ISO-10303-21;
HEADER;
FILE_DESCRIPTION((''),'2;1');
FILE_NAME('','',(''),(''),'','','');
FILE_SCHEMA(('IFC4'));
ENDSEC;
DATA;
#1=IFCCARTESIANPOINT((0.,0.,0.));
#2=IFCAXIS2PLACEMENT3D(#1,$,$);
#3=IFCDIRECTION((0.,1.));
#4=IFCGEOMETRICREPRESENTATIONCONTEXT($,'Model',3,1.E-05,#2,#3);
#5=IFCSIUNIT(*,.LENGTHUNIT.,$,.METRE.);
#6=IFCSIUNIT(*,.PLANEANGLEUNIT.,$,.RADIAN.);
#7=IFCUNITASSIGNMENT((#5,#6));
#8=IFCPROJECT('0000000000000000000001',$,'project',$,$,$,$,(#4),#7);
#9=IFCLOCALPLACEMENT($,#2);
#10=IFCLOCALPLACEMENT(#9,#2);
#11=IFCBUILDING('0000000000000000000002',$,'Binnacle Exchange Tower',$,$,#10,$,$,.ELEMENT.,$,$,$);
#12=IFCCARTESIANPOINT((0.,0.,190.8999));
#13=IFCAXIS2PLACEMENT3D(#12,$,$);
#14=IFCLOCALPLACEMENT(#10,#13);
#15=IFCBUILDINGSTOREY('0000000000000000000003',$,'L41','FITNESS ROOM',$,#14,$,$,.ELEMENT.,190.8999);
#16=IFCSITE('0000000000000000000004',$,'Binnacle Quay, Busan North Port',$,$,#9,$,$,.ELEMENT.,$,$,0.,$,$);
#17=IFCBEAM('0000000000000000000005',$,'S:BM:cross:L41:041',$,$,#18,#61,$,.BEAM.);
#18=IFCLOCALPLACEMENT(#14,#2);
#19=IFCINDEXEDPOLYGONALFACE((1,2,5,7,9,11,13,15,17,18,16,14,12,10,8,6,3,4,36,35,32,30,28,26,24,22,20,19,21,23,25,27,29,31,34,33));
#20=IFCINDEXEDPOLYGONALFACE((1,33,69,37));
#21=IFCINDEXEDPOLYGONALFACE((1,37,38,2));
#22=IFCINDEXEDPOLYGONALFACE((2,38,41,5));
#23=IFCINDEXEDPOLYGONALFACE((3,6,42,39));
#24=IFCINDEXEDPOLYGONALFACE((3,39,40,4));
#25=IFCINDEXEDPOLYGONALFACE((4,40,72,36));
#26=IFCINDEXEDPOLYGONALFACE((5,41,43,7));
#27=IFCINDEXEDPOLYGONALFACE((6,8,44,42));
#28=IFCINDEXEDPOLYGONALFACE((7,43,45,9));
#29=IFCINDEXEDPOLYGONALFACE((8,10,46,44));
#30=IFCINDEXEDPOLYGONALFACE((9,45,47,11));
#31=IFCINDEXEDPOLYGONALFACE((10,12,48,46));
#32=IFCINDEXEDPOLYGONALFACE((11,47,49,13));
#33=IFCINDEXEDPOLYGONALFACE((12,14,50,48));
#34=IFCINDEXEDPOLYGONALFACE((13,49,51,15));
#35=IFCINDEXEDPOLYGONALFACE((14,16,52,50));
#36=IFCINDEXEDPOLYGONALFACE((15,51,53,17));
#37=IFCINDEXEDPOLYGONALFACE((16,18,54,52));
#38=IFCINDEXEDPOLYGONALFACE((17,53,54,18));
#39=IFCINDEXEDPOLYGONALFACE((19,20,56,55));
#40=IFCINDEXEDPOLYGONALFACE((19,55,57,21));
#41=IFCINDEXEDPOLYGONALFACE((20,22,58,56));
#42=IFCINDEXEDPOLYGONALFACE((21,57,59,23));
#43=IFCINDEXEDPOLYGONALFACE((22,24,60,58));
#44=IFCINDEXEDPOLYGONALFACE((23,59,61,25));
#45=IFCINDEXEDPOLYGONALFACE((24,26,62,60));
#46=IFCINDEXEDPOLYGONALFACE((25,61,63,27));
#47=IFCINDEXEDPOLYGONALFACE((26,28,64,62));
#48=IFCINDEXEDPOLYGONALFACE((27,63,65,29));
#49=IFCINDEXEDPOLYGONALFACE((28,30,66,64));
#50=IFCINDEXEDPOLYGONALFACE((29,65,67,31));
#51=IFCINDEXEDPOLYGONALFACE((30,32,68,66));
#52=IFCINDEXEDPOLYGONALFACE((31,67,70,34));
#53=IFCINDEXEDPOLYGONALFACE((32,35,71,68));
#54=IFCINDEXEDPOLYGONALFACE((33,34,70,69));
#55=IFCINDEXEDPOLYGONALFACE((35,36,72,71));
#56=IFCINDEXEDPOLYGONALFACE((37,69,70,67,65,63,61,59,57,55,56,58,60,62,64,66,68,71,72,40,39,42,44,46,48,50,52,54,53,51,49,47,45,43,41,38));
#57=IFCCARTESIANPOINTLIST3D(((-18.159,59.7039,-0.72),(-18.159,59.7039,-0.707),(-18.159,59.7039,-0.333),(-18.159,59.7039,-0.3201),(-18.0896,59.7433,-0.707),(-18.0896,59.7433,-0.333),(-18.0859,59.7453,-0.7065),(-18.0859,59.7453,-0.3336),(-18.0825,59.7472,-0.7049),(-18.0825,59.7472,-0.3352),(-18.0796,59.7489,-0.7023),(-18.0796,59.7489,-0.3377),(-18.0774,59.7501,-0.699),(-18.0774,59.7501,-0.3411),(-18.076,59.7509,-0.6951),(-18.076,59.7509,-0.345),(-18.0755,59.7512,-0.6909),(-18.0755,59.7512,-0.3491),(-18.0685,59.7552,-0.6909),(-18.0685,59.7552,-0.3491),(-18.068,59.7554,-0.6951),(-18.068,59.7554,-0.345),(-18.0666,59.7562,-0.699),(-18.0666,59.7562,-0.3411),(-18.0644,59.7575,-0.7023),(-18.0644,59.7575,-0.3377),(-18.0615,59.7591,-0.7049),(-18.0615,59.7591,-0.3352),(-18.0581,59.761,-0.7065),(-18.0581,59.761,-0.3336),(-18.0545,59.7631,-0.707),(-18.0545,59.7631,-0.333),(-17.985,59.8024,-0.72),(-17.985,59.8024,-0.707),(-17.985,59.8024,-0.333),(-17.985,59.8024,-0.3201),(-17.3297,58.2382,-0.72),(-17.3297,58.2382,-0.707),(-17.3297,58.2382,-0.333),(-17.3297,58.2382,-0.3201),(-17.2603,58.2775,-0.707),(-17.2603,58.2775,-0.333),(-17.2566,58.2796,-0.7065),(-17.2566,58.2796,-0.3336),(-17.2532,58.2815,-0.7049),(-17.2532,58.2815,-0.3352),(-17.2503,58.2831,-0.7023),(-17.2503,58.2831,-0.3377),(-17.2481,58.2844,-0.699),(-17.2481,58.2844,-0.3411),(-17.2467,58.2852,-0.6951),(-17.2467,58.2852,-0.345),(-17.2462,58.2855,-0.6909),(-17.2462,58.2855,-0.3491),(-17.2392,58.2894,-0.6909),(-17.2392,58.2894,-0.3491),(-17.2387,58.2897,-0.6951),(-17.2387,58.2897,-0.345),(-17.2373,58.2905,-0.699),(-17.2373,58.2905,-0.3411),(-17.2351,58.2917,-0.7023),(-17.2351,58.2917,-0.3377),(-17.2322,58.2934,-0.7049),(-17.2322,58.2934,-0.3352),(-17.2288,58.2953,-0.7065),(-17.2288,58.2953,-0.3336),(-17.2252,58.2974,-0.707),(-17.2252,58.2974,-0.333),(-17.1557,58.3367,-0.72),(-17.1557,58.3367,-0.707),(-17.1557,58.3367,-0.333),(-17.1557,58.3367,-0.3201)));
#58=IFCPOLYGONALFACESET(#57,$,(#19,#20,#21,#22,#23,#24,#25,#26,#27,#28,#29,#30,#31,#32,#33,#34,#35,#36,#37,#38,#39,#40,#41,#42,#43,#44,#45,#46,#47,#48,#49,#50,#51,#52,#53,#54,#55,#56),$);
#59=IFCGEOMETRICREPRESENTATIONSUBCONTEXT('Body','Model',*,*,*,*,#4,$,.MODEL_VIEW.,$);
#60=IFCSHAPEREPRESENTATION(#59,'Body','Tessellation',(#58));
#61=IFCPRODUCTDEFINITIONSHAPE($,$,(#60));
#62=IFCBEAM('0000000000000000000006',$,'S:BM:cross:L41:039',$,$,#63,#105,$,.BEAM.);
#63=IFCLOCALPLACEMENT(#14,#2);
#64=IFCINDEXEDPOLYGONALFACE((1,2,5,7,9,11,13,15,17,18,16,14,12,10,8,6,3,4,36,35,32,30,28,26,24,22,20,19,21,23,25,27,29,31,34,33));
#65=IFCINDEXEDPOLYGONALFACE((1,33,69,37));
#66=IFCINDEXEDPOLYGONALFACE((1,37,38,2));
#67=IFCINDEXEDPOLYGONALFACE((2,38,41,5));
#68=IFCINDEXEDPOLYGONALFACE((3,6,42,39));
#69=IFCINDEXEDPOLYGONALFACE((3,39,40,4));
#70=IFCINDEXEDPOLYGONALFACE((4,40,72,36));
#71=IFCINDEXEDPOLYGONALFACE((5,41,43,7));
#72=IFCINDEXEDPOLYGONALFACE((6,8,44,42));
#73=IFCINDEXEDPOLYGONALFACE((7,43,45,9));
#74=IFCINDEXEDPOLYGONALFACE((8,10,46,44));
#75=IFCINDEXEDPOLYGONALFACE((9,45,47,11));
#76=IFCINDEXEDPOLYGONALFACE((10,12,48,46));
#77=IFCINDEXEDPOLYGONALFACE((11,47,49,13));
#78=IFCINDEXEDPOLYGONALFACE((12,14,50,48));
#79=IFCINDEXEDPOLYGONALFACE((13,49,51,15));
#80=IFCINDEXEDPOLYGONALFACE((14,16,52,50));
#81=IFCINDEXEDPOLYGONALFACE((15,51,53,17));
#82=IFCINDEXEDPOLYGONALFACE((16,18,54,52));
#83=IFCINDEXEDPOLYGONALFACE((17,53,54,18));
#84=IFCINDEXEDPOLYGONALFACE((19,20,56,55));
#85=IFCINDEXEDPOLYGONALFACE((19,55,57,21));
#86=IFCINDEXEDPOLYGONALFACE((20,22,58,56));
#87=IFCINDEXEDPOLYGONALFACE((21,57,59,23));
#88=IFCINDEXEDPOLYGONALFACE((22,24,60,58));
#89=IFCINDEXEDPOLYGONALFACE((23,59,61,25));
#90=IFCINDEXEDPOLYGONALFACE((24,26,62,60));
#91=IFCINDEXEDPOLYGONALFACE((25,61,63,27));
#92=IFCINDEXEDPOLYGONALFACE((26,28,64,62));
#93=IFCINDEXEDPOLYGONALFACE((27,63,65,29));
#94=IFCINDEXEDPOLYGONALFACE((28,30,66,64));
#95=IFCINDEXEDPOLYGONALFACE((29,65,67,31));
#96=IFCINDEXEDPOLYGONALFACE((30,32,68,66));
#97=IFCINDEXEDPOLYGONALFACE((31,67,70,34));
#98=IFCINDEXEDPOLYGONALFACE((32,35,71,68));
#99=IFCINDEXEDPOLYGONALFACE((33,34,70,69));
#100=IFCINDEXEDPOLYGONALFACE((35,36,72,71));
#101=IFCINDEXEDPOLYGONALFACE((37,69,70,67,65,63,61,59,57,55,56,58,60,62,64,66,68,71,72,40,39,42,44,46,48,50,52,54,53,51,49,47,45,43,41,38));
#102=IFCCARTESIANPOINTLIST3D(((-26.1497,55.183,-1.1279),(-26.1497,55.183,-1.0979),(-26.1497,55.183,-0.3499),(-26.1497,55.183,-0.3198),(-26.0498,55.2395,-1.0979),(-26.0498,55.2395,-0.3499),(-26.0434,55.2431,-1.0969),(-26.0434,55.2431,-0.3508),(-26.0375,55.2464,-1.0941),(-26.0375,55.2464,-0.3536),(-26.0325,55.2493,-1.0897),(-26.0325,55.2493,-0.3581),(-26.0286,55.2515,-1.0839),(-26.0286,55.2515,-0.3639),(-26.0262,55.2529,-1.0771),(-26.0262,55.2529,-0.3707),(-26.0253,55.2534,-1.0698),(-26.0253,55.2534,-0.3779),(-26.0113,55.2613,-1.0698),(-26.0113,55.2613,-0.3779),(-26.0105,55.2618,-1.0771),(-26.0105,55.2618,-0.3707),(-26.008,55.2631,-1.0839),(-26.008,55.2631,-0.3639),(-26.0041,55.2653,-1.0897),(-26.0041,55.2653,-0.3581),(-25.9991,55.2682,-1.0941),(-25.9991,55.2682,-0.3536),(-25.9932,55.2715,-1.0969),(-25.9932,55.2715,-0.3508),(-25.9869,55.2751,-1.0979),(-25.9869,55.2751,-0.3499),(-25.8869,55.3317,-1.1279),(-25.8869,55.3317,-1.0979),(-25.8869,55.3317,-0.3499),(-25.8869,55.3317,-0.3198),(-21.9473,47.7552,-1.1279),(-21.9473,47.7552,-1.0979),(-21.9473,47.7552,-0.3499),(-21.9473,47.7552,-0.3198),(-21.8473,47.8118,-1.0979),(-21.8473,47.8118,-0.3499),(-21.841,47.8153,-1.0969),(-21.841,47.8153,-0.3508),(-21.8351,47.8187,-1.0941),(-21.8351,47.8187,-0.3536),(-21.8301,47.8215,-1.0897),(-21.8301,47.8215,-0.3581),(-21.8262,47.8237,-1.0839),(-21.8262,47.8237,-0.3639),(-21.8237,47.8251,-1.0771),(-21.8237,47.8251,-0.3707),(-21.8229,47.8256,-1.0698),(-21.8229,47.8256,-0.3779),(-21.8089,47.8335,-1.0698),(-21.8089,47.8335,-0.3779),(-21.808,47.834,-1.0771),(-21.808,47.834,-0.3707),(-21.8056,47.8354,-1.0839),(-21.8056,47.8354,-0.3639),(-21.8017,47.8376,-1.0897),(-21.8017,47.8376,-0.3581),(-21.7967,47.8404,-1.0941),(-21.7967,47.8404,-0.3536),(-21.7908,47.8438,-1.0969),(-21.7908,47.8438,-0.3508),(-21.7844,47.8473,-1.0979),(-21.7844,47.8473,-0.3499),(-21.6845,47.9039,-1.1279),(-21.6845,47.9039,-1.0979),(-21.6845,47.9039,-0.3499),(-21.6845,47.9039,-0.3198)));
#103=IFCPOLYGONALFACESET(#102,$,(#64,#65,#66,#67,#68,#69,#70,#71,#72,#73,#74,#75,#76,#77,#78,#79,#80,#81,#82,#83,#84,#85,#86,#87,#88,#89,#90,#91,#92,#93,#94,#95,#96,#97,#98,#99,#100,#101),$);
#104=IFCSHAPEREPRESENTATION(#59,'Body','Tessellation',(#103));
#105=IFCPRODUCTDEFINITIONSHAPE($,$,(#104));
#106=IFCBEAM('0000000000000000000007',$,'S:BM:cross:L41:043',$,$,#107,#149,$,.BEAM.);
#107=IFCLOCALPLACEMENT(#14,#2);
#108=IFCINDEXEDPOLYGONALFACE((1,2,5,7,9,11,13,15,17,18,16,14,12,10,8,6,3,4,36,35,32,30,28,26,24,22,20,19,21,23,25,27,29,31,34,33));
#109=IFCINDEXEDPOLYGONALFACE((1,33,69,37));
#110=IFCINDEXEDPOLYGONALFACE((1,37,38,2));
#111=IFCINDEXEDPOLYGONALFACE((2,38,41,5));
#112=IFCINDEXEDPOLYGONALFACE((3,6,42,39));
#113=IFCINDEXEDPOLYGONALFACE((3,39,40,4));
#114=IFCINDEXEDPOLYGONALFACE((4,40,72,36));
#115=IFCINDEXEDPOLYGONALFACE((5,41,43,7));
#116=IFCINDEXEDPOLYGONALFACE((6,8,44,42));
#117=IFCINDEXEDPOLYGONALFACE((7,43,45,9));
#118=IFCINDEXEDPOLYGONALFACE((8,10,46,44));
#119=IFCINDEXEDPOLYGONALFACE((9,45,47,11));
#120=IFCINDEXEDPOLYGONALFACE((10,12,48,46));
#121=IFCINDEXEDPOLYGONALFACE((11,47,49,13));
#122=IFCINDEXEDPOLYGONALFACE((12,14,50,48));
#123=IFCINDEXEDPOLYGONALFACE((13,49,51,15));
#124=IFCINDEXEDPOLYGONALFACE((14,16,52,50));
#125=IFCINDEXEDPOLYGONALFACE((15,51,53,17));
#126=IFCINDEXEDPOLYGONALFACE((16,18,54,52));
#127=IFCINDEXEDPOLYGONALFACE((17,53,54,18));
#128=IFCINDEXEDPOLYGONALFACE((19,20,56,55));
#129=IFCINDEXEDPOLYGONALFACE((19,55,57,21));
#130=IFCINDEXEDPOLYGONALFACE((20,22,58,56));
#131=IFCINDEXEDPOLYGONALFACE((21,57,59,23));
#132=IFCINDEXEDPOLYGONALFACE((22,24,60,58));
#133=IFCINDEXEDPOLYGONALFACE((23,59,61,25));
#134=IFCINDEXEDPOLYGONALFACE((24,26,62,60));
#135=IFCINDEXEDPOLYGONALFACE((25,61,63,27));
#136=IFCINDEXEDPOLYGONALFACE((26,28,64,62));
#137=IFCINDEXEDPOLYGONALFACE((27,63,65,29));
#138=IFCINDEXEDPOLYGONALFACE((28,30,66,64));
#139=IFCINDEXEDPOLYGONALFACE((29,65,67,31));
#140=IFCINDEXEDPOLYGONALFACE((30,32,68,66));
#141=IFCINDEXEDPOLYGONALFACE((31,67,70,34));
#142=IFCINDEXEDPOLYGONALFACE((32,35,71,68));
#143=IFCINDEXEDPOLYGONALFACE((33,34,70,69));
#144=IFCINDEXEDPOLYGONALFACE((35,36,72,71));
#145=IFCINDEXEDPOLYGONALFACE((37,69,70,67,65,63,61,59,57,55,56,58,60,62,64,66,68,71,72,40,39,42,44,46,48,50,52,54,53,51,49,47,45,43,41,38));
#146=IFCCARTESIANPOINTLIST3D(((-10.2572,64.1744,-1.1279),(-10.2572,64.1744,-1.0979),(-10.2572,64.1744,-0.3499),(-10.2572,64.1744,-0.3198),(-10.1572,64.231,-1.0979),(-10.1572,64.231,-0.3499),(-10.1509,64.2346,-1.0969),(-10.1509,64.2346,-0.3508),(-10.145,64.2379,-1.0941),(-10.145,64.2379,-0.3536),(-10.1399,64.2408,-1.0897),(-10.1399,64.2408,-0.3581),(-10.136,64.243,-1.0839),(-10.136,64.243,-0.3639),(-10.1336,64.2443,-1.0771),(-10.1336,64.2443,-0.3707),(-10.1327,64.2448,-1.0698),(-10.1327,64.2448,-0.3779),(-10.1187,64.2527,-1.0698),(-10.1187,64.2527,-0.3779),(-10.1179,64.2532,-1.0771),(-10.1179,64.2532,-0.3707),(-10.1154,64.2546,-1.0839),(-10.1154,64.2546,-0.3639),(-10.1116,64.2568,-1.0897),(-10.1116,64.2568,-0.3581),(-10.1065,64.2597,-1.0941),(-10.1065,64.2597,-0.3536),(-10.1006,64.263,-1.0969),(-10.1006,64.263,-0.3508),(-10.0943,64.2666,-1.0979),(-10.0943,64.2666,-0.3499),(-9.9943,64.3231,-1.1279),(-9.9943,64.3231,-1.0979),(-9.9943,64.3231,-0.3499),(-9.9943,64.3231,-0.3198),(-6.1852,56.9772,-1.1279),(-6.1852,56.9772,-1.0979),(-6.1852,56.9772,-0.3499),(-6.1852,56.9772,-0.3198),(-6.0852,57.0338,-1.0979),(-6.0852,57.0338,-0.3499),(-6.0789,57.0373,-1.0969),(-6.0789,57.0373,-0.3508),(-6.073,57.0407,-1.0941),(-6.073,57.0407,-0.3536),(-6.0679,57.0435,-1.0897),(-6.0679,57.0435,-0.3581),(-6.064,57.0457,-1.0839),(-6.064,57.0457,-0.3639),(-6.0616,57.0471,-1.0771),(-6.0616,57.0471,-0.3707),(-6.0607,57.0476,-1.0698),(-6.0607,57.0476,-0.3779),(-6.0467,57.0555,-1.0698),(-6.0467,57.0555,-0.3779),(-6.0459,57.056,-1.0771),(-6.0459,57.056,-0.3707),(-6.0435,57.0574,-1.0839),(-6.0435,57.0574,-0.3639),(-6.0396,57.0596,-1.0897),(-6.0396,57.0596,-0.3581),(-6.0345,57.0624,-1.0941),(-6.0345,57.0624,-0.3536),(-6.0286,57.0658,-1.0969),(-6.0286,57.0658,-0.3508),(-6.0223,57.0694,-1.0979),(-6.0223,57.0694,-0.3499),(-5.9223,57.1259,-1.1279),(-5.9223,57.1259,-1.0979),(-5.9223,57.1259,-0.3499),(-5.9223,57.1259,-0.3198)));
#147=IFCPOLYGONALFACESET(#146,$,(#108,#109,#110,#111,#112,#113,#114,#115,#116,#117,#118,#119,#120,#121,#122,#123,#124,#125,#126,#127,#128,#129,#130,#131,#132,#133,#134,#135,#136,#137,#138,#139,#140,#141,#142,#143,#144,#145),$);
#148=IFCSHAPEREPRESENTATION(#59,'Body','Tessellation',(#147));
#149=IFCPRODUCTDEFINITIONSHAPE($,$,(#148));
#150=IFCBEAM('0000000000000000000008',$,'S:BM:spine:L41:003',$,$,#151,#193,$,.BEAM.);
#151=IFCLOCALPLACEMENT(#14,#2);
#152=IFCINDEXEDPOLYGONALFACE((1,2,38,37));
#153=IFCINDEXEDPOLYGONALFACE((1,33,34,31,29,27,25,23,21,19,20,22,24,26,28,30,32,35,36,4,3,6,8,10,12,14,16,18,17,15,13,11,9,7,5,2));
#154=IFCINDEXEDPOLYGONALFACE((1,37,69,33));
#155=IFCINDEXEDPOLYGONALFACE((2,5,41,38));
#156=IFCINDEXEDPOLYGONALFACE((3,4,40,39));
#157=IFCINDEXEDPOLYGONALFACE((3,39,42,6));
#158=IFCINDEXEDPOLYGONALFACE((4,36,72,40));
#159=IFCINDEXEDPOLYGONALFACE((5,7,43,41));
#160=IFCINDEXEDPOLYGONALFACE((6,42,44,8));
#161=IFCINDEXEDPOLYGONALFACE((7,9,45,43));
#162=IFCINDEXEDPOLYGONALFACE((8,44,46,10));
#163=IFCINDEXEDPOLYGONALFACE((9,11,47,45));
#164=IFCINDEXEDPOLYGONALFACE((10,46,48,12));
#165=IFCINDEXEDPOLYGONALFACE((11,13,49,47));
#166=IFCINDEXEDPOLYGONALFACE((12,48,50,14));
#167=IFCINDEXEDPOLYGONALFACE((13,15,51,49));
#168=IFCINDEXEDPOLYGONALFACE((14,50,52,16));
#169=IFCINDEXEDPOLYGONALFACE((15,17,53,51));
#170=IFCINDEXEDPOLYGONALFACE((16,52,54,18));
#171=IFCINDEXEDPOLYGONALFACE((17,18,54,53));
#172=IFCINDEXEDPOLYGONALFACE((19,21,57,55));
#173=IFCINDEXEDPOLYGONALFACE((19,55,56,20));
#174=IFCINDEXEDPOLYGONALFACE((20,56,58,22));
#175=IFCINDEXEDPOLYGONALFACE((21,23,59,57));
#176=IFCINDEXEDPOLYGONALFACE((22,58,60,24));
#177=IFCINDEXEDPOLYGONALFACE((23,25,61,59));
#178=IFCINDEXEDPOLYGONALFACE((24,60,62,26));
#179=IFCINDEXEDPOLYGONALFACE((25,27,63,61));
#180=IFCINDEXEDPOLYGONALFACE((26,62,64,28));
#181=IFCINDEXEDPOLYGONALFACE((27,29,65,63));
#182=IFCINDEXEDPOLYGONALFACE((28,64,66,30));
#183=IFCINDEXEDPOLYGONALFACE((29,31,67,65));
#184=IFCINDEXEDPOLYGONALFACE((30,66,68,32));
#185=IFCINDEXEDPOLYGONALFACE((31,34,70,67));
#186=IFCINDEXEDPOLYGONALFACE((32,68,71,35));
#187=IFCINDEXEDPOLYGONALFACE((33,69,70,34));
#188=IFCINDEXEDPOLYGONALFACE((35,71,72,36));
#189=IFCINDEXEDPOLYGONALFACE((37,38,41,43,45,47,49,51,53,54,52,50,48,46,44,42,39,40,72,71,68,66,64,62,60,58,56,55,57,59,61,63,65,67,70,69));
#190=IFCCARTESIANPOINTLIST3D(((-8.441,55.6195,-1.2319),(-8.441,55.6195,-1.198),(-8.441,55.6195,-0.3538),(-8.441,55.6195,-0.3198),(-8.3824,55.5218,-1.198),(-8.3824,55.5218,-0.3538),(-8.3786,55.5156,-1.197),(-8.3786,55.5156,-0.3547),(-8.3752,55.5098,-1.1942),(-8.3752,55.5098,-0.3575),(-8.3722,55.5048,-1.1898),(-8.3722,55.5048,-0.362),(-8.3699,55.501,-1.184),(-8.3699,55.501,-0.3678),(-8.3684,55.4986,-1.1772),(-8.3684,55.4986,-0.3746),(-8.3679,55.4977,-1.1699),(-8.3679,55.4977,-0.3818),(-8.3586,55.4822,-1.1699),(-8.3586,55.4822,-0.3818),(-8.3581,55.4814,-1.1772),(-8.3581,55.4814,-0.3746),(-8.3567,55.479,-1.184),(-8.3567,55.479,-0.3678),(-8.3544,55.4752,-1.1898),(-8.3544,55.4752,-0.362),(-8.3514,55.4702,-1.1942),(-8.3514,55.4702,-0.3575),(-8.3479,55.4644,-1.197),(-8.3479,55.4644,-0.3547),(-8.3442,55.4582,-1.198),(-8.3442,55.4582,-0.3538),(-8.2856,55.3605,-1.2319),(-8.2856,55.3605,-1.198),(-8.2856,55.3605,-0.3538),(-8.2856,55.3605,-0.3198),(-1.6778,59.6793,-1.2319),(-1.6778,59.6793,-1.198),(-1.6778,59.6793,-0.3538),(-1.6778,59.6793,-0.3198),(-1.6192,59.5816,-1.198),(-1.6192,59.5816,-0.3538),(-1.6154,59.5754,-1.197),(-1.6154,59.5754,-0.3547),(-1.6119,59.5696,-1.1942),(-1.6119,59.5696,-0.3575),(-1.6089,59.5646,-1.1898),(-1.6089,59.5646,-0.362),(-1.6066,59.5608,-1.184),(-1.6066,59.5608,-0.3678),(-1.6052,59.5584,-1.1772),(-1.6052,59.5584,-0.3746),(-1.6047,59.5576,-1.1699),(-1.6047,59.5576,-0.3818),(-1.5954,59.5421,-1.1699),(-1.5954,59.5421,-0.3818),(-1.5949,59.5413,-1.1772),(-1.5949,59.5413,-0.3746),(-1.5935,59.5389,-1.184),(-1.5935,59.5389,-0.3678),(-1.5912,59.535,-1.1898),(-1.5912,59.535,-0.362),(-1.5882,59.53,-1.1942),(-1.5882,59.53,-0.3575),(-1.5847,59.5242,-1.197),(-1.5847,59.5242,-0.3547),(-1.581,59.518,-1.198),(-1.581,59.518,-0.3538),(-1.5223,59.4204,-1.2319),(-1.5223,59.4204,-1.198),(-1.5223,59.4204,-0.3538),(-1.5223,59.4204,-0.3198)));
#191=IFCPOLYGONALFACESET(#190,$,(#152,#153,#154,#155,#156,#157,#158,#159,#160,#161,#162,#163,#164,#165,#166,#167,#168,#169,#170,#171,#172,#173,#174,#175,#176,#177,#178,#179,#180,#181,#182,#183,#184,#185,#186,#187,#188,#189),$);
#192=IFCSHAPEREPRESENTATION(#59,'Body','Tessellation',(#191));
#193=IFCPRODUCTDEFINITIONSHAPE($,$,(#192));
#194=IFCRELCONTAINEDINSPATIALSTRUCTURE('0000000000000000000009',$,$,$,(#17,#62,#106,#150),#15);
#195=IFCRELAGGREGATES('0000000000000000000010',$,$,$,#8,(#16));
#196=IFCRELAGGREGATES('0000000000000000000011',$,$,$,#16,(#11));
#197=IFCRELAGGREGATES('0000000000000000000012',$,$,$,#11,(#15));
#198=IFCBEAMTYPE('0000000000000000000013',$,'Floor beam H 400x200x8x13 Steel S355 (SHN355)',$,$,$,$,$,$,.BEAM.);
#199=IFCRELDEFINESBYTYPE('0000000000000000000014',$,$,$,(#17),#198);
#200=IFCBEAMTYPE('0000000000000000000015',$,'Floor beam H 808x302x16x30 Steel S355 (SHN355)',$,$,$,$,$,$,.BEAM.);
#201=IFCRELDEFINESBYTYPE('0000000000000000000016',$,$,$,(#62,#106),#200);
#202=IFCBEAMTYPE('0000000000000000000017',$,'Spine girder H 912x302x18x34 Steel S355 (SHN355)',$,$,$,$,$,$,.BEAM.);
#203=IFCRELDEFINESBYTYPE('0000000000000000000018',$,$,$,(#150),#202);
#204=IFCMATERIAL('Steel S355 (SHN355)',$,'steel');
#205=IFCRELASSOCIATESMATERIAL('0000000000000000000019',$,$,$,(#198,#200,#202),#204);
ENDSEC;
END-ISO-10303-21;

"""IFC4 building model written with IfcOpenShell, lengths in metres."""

from ifc_helpers import new_model, si_unit, direction, frame, origin, origin_2d, place, context, subcontext, project, spatial, i_section, extrude, material, material_profile, profile_set, type_object, element, save


model = new_model("IFC4")

# Units and contexts
model_context = context("Model", 3, precision=1e-05, world=origin(), true_north=direction((0.0, 1.0)))
body_context = subcontext(model_context, "Body", "Model", "MODEL_VIEW")
ifc_project = project(units=[si_unit("LENGTHUNIT", "METRE"), si_unit("PLANEANGLEUNIT", "RADIAN")], contexts=[model_context])

# Site, building, storey
site_placement = place(None, origin())
site = spatial("IfcSite", under=ifc_project, at=site_placement, Name="Binnacle Quay, Busan North Port", CompositionType="ELEMENT", RefElevation=0.0)
building_placement = place(site_placement, origin())
building = spatial("IfcBuilding", under=site, at=building_placement, Name="Binnacle Exchange Tower", CompositionType="ELEMENT")
storey_placement = place(building_placement, frame((0.0, 0.0, 190.8999)))
storey = spatial("IfcBuildingStorey", under=building, at=storey_placement, Name="L41", Description="FITNESS ROOM", CompositionType="ELEMENT", Elevation=190.8999)

# Beams
ifc_material_1 = material(Name="Steel S355 (SHN355)", Category="steel")
ifc_material_profile_1 = material_profile(ifc_material_1, i_section(OverallWidth=0.2, OverallDepth=0.3999, WebThickness=0.0081, FlangeThickness=0.0129, FilletRadius=0.0161, at=origin_2d()), Name="H 400x200x8x13")
ifc_profile_set_1 = profile_set([ifc_material_profile_1], Name="Steel S355 (SHN355)")
beam_type_1 = type_object("IfcBeamType", Name="Floor beam H 400x200x8x13 Steel S355 (SHN355)", PredefinedType="BEAM", material=ifc_profile_set_1)
beam_1_placement = place(storey_placement, frame((-18.072, 59.7532, -0.52), z_axis=(0.492435, -0.870349, 0.0), x_axis=(0.870349, 0.492435, 0.0)))
element("IfcBeam", 1, at=beam_1_placement, inside=storey, type_object=beam_type_1, Name="S:BM:cross:L41:041", PredefinedType="BEAM", context=body_context, shape_type="SweptSolid", body=[
    extrude(i_section(OverallWidth=0.2, OverallDepth=0.3999, WebThickness=0.0081, FlangeThickness=0.0129, FilletRadius=0.0161, at=origin_2d()), origin(), (0.0, 0.0, 1.0), 1.6841),
])
ifc_material_profile_2 = material_profile(ifc_material_1, i_section(OverallWidth=0.302, OverallDepth=0.8081, WebThickness=0.0161, FlangeThickness=0.03, FilletRadius=0.0281, at=origin_2d()), Name="H 808x302x16x30")
ifc_profile_set_2 = profile_set([ifc_material_profile_2], Name="Steel S355 (SHN355)")
beam_type_2 = type_object("IfcBeamType", Name="Floor beam H 808x302x16x30 Steel S355 (SHN355)", PredefinedType="BEAM", material=ifc_profile_set_2)
beam_2_placement = place(storey_placement, frame((-26.0183, 55.2573, -0.7239), z_axis=(0.492422, -0.870357, 0.0), x_axis=(0.870357, 0.492422, 0.0)))
element("IfcBeam", 2, at=beam_2_placement, inside=storey, type_object=beam_type_2, Name="S:BM:cross:L41:039", PredefinedType="BEAM", context=body_context, shape_type="SweptSolid", body=[
    extrude(i_section(OverallWidth=0.302, OverallDepth=0.8081, WebThickness=0.0161, FlangeThickness=0.03, FilletRadius=0.0281, at=origin_2d()), origin(), (0.0, 0.0, 1.0), 8.5342),
])
beam_3_placement = place(storey_placement, frame((-10.1257, 64.2488, -0.7239), z_axis=(0.492424, -0.870355, 0.0), x_axis=(0.870355, 0.492424, 0.0)))
element("IfcBeam", 3, at=beam_3_placement, inside=storey, type_object=beam_type_2, Name="S:BM:cross:L41:043", PredefinedType="BEAM", context=body_context, shape_type="SweptSolid", body=[
    extrude(i_section(OverallWidth=0.302, OverallDepth=0.8081, WebThickness=0.0161, FlangeThickness=0.03, FilletRadius=0.0281, at=origin_2d()), origin(), (0.0, 0.0, 1.0), 8.2693),
])
ifc_material_profile_3 = material_profile(ifc_material_1, i_section(OverallWidth=0.302, OverallDepth=0.9121, WebThickness=0.0181, FlangeThickness=0.0339, FilletRadius=0.0281, at=origin_2d()), Name="H 912x302x18x34")
ifc_profile_set_3 = profile_set([ifc_material_profile_3], Name="Steel S355 (SHN355)")
beam_type_3 = type_object("IfcBeamType", Name="Spine girder H 912x302x18x34 Steel S355 (SHN355)", PredefinedType="BEAM", material=ifc_profile_set_3)
beam_4_placement = place(storey_placement, frame((-8.3633, 55.49, -0.7759), z_axis=(0.857386, 0.514673, 0.0), x_axis=(-0.514673, 0.857386, 0.0)))
element("IfcBeam", 4, at=beam_4_placement, inside=storey, type_object=beam_type_3, Name="S:BM:spine:L41:003", PredefinedType="BEAM", context=body_context, shape_type="SweptSolid", body=[
    extrude(i_section(OverallWidth=0.302, OverallDepth=0.9121, WebThickness=0.0181, FlangeThickness=0.0339, FilletRadius=0.0281, at=origin_2d()), origin(), (0.0, 0.0, 1.0), 7.8882),
])

save(model, "model.ifc")
